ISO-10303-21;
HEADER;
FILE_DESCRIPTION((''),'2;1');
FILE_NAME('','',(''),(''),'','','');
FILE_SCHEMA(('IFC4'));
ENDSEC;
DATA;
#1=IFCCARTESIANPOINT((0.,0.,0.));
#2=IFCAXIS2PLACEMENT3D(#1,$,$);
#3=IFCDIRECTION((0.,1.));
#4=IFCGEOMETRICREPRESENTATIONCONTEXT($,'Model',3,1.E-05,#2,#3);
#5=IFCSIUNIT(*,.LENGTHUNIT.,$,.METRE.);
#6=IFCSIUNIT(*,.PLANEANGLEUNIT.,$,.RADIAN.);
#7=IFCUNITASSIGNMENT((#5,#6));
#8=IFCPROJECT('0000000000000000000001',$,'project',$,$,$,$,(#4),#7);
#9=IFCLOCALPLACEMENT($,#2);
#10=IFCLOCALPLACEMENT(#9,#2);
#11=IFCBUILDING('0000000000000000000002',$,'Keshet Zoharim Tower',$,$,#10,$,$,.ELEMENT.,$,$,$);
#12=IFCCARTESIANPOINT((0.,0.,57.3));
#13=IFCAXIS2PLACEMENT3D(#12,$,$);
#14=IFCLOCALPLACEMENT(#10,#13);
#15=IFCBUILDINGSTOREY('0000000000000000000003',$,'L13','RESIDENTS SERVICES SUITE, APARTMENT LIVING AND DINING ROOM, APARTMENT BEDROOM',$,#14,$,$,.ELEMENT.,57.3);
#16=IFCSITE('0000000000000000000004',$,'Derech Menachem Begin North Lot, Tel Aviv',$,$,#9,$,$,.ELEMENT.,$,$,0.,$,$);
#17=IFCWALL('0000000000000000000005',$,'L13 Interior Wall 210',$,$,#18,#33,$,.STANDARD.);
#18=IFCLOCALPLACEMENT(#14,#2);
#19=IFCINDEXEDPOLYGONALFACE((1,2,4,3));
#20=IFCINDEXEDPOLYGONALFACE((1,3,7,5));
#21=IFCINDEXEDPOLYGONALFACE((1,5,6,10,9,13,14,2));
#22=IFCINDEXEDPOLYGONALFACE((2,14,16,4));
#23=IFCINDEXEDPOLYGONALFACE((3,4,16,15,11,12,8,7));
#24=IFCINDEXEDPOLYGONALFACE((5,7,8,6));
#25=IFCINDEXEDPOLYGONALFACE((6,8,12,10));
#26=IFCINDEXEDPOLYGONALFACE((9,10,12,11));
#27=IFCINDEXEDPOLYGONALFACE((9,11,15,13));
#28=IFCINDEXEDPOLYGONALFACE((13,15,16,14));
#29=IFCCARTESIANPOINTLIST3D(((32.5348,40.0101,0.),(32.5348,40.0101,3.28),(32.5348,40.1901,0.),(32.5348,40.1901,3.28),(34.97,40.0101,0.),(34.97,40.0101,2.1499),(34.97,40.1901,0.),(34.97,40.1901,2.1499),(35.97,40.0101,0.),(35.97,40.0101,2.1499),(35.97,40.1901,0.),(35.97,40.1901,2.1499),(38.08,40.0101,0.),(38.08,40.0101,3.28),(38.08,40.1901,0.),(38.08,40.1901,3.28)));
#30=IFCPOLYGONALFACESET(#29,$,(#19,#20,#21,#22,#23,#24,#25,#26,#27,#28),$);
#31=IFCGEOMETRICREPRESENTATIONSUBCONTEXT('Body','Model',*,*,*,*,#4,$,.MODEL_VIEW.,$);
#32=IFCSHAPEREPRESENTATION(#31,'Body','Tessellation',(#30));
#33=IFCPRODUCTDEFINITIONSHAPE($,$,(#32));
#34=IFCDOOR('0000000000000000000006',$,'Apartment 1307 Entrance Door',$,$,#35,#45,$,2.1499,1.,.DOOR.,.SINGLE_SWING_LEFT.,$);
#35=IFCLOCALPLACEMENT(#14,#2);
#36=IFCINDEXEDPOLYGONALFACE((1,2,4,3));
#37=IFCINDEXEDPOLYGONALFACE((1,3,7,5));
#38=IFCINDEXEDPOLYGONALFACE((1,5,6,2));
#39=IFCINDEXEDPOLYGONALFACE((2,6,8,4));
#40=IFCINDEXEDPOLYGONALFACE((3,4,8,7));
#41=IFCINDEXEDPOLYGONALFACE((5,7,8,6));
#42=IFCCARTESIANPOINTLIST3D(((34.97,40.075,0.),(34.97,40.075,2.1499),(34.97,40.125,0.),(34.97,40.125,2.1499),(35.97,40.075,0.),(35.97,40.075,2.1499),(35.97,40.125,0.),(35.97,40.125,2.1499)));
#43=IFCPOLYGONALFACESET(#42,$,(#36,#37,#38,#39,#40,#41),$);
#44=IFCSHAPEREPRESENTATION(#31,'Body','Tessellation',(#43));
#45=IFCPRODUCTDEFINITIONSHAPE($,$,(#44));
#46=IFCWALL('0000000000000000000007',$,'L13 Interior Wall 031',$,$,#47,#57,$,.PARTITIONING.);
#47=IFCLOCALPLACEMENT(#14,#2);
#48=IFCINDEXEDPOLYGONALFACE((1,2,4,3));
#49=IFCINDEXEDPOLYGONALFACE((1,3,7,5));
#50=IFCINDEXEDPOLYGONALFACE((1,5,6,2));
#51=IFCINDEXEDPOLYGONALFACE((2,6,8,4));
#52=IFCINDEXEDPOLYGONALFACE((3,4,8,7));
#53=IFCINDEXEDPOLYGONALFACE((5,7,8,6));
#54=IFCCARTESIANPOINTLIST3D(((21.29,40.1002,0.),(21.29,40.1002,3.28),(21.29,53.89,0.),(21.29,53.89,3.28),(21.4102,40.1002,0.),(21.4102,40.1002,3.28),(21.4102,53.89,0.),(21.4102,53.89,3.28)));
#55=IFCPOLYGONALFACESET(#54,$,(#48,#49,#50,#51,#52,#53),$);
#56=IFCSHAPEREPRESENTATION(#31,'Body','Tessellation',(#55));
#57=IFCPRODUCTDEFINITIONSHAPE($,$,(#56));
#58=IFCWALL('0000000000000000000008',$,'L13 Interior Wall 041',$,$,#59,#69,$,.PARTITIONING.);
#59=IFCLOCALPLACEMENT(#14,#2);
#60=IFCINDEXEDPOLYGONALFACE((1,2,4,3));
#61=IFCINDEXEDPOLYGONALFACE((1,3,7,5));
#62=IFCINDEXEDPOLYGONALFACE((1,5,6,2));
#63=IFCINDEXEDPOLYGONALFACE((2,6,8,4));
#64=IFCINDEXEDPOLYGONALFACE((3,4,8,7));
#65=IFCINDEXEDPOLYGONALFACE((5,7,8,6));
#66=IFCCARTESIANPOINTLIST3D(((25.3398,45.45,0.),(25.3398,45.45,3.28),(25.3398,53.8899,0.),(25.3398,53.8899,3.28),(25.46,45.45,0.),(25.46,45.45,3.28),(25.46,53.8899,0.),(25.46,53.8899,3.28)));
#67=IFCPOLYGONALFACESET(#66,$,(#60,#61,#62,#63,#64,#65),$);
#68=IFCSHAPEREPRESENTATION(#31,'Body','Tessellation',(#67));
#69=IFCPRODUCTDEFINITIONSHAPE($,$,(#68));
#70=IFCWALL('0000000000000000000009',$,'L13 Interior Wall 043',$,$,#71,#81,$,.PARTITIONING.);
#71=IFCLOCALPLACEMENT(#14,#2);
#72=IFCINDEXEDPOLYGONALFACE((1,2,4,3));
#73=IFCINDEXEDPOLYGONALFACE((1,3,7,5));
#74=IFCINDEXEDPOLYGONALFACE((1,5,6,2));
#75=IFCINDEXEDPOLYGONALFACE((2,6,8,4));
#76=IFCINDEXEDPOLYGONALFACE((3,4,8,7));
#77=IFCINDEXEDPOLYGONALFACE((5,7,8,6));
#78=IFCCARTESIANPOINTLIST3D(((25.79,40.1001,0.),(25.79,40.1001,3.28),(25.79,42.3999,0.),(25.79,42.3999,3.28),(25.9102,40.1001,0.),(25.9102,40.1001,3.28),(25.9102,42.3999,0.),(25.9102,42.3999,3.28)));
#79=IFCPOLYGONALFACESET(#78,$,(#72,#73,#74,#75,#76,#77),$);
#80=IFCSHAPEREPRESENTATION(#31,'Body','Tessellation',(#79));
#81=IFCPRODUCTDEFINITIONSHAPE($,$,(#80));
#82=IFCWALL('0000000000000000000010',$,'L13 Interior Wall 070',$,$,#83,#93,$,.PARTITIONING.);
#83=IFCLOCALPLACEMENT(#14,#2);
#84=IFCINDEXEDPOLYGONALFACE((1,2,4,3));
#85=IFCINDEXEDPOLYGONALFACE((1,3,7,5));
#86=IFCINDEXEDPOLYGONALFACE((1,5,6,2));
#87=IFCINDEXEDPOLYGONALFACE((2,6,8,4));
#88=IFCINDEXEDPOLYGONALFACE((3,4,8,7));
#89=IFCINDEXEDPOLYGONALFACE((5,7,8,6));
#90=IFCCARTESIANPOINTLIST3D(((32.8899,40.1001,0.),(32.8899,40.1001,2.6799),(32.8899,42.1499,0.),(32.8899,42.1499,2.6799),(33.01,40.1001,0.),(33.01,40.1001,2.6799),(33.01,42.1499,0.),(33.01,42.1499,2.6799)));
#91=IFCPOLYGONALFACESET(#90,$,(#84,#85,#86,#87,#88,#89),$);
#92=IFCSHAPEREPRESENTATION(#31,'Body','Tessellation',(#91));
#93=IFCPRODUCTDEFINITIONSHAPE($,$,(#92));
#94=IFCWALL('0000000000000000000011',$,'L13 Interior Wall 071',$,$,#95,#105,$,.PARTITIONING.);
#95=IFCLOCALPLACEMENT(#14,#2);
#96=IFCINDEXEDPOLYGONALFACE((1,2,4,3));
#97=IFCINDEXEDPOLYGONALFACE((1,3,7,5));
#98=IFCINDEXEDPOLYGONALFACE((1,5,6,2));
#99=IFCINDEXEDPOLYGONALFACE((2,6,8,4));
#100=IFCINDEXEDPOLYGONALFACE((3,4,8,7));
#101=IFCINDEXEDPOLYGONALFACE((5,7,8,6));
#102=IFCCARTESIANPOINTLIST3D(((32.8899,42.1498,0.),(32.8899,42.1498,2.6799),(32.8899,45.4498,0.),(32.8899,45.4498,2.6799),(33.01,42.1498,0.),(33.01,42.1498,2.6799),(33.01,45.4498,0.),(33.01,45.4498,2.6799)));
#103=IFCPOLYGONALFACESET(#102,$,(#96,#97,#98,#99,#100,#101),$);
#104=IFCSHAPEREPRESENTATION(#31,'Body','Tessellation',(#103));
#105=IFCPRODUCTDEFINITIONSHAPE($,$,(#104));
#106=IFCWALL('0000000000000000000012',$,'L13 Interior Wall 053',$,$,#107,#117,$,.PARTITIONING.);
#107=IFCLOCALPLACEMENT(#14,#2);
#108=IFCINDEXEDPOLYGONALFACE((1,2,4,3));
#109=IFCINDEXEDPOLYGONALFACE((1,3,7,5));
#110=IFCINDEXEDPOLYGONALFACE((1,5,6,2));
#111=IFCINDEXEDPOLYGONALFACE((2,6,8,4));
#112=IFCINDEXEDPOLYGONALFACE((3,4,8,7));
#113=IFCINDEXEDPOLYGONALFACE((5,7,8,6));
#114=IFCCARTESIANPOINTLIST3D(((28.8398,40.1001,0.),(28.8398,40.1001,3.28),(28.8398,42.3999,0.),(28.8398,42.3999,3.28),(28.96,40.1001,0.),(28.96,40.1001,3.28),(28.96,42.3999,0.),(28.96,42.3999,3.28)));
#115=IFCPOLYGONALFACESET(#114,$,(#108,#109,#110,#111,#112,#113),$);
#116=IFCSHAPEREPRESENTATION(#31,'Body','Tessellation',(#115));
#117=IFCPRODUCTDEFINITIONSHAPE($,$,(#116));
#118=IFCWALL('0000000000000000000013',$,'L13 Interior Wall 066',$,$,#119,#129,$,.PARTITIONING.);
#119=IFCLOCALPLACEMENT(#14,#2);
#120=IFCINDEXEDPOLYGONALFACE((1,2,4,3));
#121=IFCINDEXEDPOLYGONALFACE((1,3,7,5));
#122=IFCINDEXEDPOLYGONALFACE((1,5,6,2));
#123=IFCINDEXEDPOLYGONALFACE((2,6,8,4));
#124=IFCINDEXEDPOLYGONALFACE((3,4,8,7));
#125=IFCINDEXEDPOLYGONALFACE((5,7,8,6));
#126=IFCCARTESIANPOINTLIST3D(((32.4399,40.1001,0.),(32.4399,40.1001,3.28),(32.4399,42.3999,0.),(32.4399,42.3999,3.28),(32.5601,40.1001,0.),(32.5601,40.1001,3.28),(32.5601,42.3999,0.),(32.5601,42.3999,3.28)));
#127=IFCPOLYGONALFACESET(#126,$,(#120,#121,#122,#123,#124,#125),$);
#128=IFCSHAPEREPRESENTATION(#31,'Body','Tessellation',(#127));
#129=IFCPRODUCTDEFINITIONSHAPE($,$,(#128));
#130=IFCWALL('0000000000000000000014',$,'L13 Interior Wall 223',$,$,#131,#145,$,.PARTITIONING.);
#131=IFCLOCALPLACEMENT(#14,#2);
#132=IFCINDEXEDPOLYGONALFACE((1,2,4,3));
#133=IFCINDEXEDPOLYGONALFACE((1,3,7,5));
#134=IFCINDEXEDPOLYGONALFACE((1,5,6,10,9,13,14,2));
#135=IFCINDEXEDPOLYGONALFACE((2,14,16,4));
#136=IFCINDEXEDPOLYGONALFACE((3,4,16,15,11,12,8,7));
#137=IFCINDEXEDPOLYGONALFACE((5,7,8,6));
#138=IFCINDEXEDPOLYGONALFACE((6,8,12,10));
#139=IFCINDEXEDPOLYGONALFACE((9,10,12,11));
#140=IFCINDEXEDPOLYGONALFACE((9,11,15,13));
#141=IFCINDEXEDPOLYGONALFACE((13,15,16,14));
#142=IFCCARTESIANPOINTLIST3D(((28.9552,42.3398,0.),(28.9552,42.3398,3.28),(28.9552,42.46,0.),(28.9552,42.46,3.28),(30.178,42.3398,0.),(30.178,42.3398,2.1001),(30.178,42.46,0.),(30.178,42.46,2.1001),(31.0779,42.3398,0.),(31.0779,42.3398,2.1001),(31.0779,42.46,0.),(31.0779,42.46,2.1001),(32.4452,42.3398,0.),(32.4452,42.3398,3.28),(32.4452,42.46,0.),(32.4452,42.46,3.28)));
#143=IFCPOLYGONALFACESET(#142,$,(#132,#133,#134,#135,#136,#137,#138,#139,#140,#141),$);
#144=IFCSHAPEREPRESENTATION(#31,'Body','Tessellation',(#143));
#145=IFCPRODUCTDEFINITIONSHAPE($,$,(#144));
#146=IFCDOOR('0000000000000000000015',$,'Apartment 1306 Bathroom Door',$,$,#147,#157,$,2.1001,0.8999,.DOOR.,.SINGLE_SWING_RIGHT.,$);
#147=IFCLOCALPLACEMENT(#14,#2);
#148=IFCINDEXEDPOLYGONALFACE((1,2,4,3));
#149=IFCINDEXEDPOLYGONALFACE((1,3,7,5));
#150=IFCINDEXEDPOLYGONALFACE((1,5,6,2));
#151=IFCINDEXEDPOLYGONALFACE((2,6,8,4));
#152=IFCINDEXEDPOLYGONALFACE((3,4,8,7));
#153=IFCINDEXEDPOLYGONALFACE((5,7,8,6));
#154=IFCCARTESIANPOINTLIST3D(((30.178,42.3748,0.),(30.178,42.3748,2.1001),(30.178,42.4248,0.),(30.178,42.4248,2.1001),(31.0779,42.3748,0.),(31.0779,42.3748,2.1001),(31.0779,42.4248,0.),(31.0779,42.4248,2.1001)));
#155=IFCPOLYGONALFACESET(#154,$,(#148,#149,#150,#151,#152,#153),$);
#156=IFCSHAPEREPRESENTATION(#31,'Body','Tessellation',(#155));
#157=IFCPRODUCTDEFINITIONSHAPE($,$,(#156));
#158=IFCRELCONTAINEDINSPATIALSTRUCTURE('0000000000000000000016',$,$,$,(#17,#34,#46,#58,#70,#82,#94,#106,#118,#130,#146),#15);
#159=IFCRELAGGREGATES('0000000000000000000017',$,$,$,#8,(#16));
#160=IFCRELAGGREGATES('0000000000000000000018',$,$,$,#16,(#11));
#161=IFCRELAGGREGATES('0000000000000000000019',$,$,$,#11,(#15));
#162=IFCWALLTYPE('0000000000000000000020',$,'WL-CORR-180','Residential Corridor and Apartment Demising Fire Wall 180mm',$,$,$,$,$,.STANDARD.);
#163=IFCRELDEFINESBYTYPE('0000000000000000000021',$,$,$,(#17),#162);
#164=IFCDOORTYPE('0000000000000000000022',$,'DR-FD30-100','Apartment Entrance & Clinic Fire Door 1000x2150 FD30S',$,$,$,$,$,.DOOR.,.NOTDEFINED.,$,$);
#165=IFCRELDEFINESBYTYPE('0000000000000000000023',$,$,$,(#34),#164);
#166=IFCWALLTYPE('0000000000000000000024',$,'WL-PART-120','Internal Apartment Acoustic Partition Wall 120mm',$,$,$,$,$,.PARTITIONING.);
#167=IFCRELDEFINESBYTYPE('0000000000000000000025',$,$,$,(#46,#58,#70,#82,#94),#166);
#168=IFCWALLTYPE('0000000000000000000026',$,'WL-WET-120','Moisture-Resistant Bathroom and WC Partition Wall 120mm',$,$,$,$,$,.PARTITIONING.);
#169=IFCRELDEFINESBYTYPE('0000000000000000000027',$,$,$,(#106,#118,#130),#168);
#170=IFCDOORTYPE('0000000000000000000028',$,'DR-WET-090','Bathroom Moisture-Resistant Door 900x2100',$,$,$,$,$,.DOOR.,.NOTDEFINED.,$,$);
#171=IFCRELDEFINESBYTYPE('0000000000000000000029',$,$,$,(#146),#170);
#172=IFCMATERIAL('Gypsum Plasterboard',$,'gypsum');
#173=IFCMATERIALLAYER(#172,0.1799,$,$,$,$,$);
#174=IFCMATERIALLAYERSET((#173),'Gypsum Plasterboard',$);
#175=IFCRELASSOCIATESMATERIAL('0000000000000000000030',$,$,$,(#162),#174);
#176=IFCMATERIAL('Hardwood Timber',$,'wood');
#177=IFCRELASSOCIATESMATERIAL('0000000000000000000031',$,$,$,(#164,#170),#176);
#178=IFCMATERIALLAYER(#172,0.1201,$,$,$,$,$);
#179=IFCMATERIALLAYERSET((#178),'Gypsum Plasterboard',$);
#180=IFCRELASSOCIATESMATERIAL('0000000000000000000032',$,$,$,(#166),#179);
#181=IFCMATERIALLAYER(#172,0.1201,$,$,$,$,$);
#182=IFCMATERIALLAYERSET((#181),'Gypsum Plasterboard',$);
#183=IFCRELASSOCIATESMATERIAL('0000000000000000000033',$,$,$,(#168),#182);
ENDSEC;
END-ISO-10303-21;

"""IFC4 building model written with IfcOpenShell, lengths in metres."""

from ifc_helpers import new_model, si_unit, direction, frame, frame_2d, origin, place, context, subcontext, project, spatial, rectangle, extrude, material, layer, layer_set, type_object, element, fill, save


model = new_model("IFC4")

# Units and contexts
model_context = context("Model", 3, precision=1e-05, world=origin(), true_north=direction((0.0, 1.0)))
body_context = subcontext(model_context, "Body", "Model", "MODEL_VIEW")
ifc_project = project(units=[si_unit("LENGTHUNIT", "METRE"), si_unit("PLANEANGLEUNIT", "RADIAN")], contexts=[model_context])

# Site, building, storey
site_placement = place(None, origin())
site = spatial("IfcSite", under=ifc_project, at=site_placement, Name="Derech Menachem Begin North Lot, Tel Aviv", CompositionType="ELEMENT", RefElevation=0.0)
building_placement = place(site_placement, origin())
building = spatial("IfcBuilding", under=site, at=building_placement, Name="Keshet Zoharim Tower", CompositionType="ELEMENT")
storey_placement = place(building_placement, frame((0.0, 0.0, 57.3)))
storey = spatial("IfcBuildingStorey", under=building, at=storey_placement, Name="L13", Description="RESIDENTS SERVICES SUITE, APARTMENT LIVING AND DINING ROOM, APARTMENT BEDROOM", CompositionType="ELEMENT", Elevation=57.3)

# Shared definitions
ifc_material_1 = material(Name="Gypsum Plasterboard", Category="gypsum")
ifc_layer_1 = layer(ifc_material_1, 0.1799)
ifc_layer_set_1 = layer_set([ifc_layer_1], Name="Gypsum Plasterboard")
wall_type_1 = type_object("IfcWallType", Name="WL-CORR-180", Description="Residential Corridor and Apartment Demising Fire Wall 180mm", PredefinedType="STANDARD", material=ifc_layer_set_1)
ifc_material_2 = material(Name="Hardwood Timber", Category="wood")
door_type_1 = type_object("IfcDoorType", Name="DR-FD30-100", Description="Apartment Entrance & Clinic Fire Door 1000x2150 FD30S", OperationType="NOTDEFINED", PredefinedType="DOOR", material=ifc_material_2)

# Wall, opening, door
wall_1_placement = place(storey_placement, frame((32.5349, 40.1001, 0.0), z_axis=(0.0, 0.0, 1.0), x_axis=(1.0, 0.0, 0.0)))
wall_1 = element("IfcWall", 1, at=wall_1_placement, inside=storey, type_object=wall_type_1, Name="L13 Interior Wall 210", PredefinedType="STANDARD", context=body_context, shape_type="SweptSolid", body=[
    extrude(rectangle(XDim=5.5452, YDim=0.1799, at=frame_2d((2.7725, 0.0))), origin(), (0.0, 0.0, 1.0), 3.28),
])
opening_1_placement = place(wall_1_placement, frame((2.4351, 0.0, 0.0)))
opening_1 = element("IfcOpeningElement", 2, at=opening_1_placement, cuts=wall_1, PredefinedType="OPENING", context=body_context, shape_type="SweptSolid", body=[
    extrude(rectangle(XDim=1.0, YDim=2.1499, at=frame_2d((0.5, 1.075))), frame((0.0, 0.1001, 0.0), z_axis=(0.0, -1.0, 0.0), x_axis=(1.0, 0.0, 0.0)), (0.0, 0.0, 1.0), 0.2),
])
door_1_placement = place(opening_1_placement, origin())
door_1 = element("IfcDoor", 3, at=door_1_placement, inside=storey, type_object=door_type_1, Name="Apartment 1307 Entrance Door", OperationType="SINGLE_SWING_LEFT", OverallHeight=2.1499, OverallWidth=1.0, PredefinedType="DOOR", context=body_context, shape_type="SweptSolid", body=[
    extrude(rectangle(XDim=1.0, YDim=2.1499, at=frame_2d((0.5, 1.075))), frame((0.0, 0.0249, 0.0), z_axis=(0.0, -1.0, 0.0), x_axis=(1.0, 0.0, 0.0)), (0.0, 0.0, 1.0), 0.05),
])
fill(opening_1, door_1)

# Walls
ifc_layer_2 = layer(ifc_material_1, 0.1201)
ifc_layer_set_2 = layer_set([ifc_layer_2], Name="Gypsum Plasterboard")
wall_type_2 = type_object("IfcWallType", Name="WL-PART-120", Description="Internal Apartment Acoustic Partition Wall 120mm", PredefinedType="PARTITIONING", material=ifc_layer_set_2)
wall_2_placement = place(storey_placement, frame((21.3501, 40.1001, 0.0), z_axis=(0.0, 0.0, 1.0), x_axis=(0.0, 1.0, 0.0)))
element("IfcWall", 4, at=wall_2_placement, inside=storey, type_object=wall_type_2, Name="L13 Interior Wall 031", PredefinedType="PARTITIONING", context=body_context, shape_type="SweptSolid", body=[
    extrude(rectangle(XDim=13.7898, YDim=0.1201, at=frame_2d((6.895, 0.0))), origin(), (0.0, 0.0, 1.0), 3.28),
])
wall_3_placement = place(storey_placement, frame((25.3999, 45.45, 0.0), z_axis=(0.0, 0.0, 1.0), x_axis=(0.0, 1.0, 0.0)))
element("IfcWall", 5, at=wall_3_placement, inside=storey, type_object=wall_type_2, Name="L13 Interior Wall 041", PredefinedType="PARTITIONING", context=body_context, shape_type="SweptSolid", body=[
    extrude(rectangle(XDim=8.4399, YDim=0.1201, at=frame_2d((4.22, 0.0))), origin(), (0.0, 0.0, 1.0), 3.28),
])
wall_4_placement = place(storey_placement, frame((25.8501, 40.1001, 0.0), z_axis=(0.0, 0.0, 1.0), x_axis=(0.0, 1.0, 0.0)))
element("IfcWall", 6, at=wall_4_placement, inside=storey, type_object=wall_type_2, Name="L13 Interior Wall 043", PredefinedType="PARTITIONING", context=body_context, shape_type="SweptSolid", body=[
    extrude(rectangle(XDim=2.2998, YDim=0.1201, at=frame_2d((1.1499, 0.0))), origin(), (0.0, 0.0, 1.0), 3.28),
])
wall_5_placement = place(storey_placement, frame((32.95, 40.1001, 0.0), z_axis=(0.0, 0.0, 1.0), x_axis=(0.0, 1.0, 0.0)))
element("IfcWall", 7, at=wall_5_placement, inside=storey, type_object=wall_type_2, Name="L13 Interior Wall 070", PredefinedType="PARTITIONING", context=body_context, shape_type="SweptSolid", body=[
    extrude(rectangle(XDim=2.0498, YDim=0.1201, at=frame_2d((1.0249, 0.0))), origin(), (0.0, 0.0, 1.0), 2.6799),
])
wall_6_placement = place(storey_placement, frame((32.95, 42.1499, 0.0), z_axis=(0.0, 0.0, 1.0), x_axis=(0.0, 1.0, 0.0)))
element("IfcWall", 8, at=wall_6_placement, inside=storey, type_object=wall_type_2, Name="L13 Interior Wall 071", PredefinedType="PARTITIONING", context=body_context, shape_type="SweptSolid", body=[
    extrude(rectangle(XDim=3.3, YDim=0.1201, at=frame_2d((1.6499, 0.0))), origin(), (0.0, 0.0, 1.0), 2.6799),
])

# Walls
ifc_layer_3 = layer(ifc_material_1, 0.1201)
ifc_layer_set_3 = layer_set([ifc_layer_3], Name="Gypsum Plasterboard")
wall_type_3 = type_object("IfcWallType", Name="WL-WET-120", Description="Moisture-Resistant Bathroom and WC Partition Wall 120mm", PredefinedType="PARTITIONING", material=ifc_layer_set_3)
for number, where, z_axis, x_axis, name in (
    (9, (28.8999, 40.1001, 0.0), (0.0, 0.0, 1.0), (0.0, 1.0, 0.0), "L13 Interior Wall 053"),
    (10, (32.5, 40.1001, 0.0), (0.0, 0.0, 1.0), (0.0, 1.0, 0.0), "L13 Interior Wall 066"),
):
    element("IfcWall", number, at=place(storey_placement, frame(where, z_axis=z_axis, x_axis=x_axis)), inside=storey, type_object=wall_type_3, Name=name, PredefinedType="PARTITIONING", context=body_context, shape_type="SweptSolid", body=[
        extrude(rectangle(XDim=2.2998, YDim=0.1201, at=frame_2d((1.1499, 0.0))), origin(), (0.0, 0.0, 1.0), 3.28),
    ])

# Wall, opening, door
wall_7_placement = place(storey_placement, frame((28.9551, 42.3999, 0.0), z_axis=(0.0, 0.0, 1.0), x_axis=(1.0, 0.0, 0.0)))
wall_7 = element("IfcWall", 11, at=wall_7_placement, inside=storey, type_object=wall_type_3, Name="L13 Interior Wall 223", PredefinedType="PARTITIONING", context=body_context, shape_type="SweptSolid", body=[
    extrude(rectangle(XDim=3.49, YDim=0.1201, at=frame_2d((1.7451, 0.0))), origin(), (0.0, 0.0, 1.0), 3.28),
])
opening_2_placement = place(wall_7_placement, frame((1.2229, 0.0, 0.0)))
opening_2 = element("IfcOpeningElement", 12, at=opening_2_placement, cuts=wall_7, PredefinedType="OPENING", context=body_context, shape_type="SweptSolid", body=[
    extrude(rectangle(XDim=0.8999, YDim=2.1001, at=frame_2d((0.45, 1.05))), frame((0.0, 0.0701, 0.0), z_axis=(0.0, -1.0, 0.0), x_axis=(1.0, 0.0, 0.0)), (0.0, 0.0, 1.0), 0.1401),
])
door_type_2 = type_object("IfcDoorType", Name="DR-WET-090", Description="Bathroom Moisture-Resistant Door 900x2100", OperationType="NOTDEFINED", PredefinedType="DOOR", material=ifc_material_2)
door_2_placement = place(opening_2_placement, origin())
door_2 = element("IfcDoor", 13, at=door_2_placement, inside=storey, type_object=door_type_2, Name="Apartment 1306 Bathroom Door", OperationType="SINGLE_SWING_RIGHT", OverallHeight=2.1001, OverallWidth=0.8999, PredefinedType="DOOR", context=body_context, shape_type="SweptSolid", body=[
    extrude(rectangle(XDim=0.8999, YDim=2.1001, at=frame_2d((0.45, 1.05))), frame((0.0, 0.0249, 0.0), z_axis=(0.0, -1.0, 0.0), x_axis=(1.0, 0.0, 0.0)), (0.0, 0.0, 1.0), 0.05),
])
fill(opening_2, door_2)

save(model, "model.ifc")
